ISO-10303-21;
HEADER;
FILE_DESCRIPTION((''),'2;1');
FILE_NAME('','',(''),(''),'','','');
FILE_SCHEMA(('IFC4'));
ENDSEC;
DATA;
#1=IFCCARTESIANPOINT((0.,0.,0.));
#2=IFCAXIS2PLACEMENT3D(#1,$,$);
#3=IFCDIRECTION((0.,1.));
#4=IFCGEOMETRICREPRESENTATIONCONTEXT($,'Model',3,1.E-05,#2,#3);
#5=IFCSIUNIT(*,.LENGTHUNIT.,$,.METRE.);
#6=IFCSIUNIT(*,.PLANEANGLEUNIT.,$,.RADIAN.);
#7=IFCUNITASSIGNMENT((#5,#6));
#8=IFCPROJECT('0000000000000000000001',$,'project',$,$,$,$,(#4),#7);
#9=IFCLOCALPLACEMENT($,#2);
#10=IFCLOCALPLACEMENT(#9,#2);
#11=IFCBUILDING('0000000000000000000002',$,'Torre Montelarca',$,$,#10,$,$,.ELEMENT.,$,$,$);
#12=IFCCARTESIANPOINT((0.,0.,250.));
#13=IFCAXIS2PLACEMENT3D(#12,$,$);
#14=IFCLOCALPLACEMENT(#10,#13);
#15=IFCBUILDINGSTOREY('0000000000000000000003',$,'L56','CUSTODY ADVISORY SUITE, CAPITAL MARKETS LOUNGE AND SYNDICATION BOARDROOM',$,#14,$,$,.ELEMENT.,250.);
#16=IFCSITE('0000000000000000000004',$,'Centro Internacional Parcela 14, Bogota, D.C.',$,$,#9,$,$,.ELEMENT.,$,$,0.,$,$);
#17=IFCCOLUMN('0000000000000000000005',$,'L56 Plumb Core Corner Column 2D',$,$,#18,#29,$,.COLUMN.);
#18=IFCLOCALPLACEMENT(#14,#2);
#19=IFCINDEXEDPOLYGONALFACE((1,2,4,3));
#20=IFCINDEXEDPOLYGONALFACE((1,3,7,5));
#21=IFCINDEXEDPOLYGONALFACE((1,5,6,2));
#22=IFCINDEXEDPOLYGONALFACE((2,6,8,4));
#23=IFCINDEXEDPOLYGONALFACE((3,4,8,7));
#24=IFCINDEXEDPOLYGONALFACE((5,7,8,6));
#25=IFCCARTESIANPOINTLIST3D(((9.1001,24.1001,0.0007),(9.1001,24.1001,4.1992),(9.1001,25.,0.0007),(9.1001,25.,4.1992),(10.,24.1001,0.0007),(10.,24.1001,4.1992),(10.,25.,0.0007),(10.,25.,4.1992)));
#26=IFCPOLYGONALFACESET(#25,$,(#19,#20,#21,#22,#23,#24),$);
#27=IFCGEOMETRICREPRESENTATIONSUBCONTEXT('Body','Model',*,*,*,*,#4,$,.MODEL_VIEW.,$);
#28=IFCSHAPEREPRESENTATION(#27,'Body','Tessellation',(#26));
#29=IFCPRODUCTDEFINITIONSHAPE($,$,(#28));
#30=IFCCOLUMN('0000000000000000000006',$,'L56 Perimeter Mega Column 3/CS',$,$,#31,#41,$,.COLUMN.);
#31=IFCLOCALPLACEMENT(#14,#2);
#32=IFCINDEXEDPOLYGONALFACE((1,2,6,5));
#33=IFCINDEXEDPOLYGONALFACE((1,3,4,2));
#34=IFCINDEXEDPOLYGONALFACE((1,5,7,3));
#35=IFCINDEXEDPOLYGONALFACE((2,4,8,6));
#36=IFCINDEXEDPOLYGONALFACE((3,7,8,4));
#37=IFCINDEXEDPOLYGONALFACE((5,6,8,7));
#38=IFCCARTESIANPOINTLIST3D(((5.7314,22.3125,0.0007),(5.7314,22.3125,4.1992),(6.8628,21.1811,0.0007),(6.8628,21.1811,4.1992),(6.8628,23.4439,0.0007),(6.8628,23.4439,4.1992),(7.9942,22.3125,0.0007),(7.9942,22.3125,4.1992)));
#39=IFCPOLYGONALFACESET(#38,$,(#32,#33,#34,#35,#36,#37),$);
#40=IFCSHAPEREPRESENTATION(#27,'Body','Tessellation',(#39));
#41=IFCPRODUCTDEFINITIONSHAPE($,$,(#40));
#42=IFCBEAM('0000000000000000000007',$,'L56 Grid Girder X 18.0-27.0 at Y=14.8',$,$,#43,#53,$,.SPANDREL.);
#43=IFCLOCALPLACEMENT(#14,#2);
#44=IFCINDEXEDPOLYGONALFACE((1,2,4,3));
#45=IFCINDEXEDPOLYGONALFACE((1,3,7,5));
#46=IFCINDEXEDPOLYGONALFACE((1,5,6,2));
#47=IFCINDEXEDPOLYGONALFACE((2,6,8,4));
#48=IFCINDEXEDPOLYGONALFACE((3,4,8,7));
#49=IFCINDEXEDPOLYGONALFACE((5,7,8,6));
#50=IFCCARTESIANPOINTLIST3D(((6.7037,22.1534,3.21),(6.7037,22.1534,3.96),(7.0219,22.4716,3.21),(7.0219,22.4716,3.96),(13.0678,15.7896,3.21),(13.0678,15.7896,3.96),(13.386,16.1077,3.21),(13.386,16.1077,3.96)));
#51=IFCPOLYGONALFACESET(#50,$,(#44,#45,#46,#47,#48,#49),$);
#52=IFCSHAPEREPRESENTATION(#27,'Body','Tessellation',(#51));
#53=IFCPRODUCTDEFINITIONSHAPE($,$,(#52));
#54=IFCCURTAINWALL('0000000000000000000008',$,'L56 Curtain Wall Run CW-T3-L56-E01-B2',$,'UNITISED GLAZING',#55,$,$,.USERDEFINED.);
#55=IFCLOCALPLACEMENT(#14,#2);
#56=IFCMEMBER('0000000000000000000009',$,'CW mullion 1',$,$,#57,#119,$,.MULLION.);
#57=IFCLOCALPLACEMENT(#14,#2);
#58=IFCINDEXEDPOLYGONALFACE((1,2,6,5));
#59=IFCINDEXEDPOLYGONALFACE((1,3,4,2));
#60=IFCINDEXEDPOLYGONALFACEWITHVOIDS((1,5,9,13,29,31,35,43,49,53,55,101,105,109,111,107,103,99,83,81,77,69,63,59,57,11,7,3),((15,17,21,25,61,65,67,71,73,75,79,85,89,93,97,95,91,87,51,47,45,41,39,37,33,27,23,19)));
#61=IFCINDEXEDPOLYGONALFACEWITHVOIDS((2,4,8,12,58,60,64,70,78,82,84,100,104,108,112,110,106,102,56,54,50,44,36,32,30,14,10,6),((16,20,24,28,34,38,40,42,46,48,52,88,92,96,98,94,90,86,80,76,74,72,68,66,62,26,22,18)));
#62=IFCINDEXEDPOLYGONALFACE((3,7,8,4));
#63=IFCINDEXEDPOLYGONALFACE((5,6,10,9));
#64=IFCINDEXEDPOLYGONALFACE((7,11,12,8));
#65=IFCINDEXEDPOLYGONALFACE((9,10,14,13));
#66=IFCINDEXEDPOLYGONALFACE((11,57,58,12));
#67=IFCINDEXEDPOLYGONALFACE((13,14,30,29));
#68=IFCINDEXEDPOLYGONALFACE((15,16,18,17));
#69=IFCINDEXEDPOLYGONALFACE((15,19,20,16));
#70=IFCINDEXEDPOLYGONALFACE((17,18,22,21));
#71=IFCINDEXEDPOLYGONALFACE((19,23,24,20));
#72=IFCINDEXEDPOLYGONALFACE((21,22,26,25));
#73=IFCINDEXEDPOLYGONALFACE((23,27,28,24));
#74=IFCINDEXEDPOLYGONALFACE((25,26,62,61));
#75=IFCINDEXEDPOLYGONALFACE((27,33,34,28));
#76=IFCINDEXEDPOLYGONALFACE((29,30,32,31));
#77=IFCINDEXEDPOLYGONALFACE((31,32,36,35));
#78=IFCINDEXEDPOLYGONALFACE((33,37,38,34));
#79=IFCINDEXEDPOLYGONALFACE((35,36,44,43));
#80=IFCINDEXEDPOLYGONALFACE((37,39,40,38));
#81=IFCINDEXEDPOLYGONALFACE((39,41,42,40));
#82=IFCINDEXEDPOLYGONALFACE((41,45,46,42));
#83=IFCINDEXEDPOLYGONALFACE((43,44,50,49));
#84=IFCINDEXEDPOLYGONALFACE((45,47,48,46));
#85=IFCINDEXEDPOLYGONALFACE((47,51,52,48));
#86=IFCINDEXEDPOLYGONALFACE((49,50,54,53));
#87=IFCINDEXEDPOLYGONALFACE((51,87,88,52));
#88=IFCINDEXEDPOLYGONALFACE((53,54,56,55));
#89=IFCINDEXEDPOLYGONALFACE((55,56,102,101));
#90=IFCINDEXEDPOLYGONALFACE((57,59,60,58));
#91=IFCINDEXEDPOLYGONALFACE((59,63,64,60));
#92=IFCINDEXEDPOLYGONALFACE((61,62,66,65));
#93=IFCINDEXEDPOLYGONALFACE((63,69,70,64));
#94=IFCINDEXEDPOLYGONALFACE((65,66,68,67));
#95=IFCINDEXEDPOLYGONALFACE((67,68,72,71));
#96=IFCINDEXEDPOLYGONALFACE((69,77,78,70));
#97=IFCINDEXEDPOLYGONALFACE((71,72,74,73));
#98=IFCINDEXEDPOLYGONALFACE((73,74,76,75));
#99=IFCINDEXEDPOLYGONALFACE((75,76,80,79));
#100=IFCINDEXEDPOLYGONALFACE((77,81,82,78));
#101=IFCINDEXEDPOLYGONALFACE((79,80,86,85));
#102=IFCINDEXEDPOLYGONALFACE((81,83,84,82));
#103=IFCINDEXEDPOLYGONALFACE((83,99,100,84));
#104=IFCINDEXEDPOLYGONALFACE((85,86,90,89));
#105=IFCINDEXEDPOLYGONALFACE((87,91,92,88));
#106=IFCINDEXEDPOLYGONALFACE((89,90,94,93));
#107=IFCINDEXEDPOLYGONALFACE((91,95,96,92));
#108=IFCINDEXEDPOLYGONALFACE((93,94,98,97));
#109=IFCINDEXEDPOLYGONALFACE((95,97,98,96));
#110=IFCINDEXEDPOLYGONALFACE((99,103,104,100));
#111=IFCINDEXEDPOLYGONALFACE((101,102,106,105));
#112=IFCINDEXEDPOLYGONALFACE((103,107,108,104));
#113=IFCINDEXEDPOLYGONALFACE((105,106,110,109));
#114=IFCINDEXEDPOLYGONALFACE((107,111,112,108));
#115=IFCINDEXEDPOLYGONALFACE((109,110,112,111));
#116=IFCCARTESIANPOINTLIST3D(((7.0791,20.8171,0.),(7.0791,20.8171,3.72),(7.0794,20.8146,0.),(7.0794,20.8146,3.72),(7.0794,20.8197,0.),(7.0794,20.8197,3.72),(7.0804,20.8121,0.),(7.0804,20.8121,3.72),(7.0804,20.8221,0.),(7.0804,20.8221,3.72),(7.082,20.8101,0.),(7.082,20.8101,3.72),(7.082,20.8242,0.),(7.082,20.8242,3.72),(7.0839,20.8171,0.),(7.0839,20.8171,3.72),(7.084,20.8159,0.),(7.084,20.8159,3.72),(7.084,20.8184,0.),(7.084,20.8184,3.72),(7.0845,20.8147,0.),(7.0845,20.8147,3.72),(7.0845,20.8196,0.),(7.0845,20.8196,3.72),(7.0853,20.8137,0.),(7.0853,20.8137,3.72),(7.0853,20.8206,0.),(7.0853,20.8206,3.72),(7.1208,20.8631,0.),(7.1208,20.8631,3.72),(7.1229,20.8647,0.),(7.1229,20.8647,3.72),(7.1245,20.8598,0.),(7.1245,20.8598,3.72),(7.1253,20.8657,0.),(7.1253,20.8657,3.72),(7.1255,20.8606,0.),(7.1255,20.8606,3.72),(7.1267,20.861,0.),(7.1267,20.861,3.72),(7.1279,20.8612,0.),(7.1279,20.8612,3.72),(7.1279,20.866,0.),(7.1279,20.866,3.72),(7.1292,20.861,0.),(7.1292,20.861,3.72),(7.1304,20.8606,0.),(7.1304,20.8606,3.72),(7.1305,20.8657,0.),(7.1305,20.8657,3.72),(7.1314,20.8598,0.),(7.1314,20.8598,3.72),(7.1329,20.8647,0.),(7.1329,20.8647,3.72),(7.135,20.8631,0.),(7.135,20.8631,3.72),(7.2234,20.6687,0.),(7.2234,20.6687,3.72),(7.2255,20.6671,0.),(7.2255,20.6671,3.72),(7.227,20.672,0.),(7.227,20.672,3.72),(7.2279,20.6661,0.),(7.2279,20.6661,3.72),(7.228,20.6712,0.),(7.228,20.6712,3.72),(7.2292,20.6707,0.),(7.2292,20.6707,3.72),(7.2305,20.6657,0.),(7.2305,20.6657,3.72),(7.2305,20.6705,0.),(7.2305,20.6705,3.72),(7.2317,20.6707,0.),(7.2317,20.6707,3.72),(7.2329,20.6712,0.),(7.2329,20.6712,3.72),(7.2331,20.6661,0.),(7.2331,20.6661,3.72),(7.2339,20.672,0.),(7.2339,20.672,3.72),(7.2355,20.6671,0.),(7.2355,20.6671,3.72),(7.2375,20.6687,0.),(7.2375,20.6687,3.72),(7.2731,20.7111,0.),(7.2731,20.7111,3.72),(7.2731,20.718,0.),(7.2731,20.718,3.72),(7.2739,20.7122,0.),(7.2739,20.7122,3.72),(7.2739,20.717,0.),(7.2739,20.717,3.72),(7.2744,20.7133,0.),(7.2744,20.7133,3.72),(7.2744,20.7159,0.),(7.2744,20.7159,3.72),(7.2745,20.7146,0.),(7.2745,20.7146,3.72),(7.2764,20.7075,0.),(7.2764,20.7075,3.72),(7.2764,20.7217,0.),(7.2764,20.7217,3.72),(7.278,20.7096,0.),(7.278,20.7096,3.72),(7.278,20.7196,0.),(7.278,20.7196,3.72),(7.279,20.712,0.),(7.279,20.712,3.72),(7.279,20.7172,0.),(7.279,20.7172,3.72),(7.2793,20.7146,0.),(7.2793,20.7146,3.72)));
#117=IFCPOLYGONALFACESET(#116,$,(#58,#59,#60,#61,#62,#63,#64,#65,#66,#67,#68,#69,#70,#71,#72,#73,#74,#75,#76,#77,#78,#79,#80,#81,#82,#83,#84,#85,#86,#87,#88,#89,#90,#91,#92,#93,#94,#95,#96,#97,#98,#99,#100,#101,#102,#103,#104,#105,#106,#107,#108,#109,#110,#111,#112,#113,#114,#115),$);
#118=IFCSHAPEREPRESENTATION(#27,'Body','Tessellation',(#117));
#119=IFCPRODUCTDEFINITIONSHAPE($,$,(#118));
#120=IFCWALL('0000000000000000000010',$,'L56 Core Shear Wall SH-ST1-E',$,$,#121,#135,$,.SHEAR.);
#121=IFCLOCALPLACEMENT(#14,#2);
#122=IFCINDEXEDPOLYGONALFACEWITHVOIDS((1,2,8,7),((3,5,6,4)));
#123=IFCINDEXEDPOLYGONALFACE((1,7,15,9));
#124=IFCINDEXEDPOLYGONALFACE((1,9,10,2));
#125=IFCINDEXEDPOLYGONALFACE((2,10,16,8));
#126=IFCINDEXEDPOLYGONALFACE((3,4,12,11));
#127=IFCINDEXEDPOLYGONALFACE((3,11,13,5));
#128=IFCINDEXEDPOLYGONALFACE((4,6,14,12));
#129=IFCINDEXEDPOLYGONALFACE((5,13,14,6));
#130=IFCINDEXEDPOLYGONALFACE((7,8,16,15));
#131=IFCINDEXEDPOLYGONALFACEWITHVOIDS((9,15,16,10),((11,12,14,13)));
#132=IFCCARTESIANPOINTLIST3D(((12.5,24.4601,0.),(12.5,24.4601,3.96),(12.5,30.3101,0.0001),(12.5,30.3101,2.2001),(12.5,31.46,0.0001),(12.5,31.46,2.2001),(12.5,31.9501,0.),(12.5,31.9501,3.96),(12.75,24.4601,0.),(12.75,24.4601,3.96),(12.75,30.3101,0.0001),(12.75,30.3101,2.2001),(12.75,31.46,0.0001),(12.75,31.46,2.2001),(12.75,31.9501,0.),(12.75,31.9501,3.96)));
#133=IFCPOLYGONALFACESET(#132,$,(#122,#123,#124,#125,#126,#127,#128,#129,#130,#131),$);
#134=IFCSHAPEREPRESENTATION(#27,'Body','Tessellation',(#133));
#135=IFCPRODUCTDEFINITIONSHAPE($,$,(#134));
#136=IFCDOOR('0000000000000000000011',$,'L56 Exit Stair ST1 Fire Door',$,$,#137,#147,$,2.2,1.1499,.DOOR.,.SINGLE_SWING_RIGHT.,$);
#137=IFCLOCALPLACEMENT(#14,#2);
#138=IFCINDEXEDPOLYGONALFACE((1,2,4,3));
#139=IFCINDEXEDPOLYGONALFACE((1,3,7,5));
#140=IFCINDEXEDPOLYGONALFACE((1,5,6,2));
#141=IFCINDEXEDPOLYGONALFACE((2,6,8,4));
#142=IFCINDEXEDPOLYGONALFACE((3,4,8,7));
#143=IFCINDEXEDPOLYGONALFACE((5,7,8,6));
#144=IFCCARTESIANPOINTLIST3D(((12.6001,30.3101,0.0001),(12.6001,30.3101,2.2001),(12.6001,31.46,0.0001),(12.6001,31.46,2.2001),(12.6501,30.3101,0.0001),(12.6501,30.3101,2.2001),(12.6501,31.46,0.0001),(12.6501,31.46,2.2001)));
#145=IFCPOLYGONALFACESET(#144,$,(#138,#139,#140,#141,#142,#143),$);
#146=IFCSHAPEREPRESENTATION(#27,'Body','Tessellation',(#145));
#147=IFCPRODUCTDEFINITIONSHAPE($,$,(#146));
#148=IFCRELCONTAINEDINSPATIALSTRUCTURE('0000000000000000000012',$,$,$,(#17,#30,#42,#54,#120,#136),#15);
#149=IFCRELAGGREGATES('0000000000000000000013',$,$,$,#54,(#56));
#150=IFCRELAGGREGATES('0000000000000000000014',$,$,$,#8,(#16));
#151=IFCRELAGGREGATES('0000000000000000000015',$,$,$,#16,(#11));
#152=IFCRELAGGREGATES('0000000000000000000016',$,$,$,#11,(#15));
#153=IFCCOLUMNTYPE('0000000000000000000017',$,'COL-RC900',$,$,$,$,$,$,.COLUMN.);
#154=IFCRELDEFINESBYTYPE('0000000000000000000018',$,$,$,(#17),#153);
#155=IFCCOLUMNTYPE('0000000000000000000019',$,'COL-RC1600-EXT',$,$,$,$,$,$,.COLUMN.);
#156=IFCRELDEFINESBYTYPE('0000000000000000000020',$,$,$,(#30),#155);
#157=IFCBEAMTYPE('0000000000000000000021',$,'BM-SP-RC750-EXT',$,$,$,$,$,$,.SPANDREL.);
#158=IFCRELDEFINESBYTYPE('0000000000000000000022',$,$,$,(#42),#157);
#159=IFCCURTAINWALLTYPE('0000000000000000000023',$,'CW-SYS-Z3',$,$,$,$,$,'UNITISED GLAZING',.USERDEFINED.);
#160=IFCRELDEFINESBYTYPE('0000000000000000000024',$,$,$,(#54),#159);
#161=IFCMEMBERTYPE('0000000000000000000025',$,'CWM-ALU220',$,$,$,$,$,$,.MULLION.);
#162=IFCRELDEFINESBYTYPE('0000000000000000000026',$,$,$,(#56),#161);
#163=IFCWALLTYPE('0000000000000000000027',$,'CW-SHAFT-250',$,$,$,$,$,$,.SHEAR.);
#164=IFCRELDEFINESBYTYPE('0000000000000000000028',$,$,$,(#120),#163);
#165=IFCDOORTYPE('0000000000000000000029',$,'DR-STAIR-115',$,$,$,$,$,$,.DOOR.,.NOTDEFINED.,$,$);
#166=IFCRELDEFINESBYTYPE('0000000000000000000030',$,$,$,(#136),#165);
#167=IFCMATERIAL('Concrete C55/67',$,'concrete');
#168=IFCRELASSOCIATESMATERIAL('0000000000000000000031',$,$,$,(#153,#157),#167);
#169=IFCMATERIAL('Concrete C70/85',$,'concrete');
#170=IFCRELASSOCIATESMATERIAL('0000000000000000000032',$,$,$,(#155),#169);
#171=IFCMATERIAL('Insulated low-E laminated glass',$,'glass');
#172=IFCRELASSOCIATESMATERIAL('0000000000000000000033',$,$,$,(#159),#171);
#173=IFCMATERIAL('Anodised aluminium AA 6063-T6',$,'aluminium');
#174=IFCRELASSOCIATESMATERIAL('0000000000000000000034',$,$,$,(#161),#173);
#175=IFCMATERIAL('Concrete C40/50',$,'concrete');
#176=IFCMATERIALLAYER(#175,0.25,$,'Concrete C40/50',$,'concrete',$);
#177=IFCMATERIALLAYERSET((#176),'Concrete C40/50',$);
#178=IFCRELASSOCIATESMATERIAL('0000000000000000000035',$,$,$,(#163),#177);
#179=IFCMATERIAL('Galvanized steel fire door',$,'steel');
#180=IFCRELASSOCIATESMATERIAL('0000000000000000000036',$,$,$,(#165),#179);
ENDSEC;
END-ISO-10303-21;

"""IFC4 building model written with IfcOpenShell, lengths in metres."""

from ifc_helpers import new_model, si_unit, direction, frame, frame_2d, origin, origin_2d, place, context, subcontext, project, spatial, rectangle, hollow_rectangle, extrude, source, transform, mapped, material, layer, layer_set, material_profile, profile_set, type_object, element, fill, aggregate, save


model = new_model("IFC4")

# Units and contexts
model_context = context("Model", 3, precision=1e-05, world=origin(), true_north=direction((0.0, 1.0)))
body_context = subcontext(model_context, "Body", "Model", "MODEL_VIEW")
ifc_project = project(units=[si_unit("LENGTHUNIT", "METRE"), si_unit("PLANEANGLEUNIT", "RADIAN")], contexts=[model_context])

# Site, building, storey
site_placement = place(None, origin())
site = spatial("IfcSite", under=ifc_project, at=site_placement, Name="Centro Internacional Parcela 14, Bogota, D.C.", CompositionType="ELEMENT", RefElevation=0.0)
building_placement = place(site_placement, origin())
building = spatial("IfcBuilding", under=site, at=building_placement, Name="Torre Montelarca", CompositionType="ELEMENT")
storey_placement = place(building_placement, frame((0.0, 0.0, 250.0)))
storey = spatial("IfcBuildingStorey", under=building, at=storey_placement, Name="L56", Description="CUSTODY ADVISORY SUITE, CAPITAL MARKETS LOUNGE AND SYNDICATION BOARDROOM", CompositionType="ELEMENT", Elevation=250.0)

# Columns
ifc_material_1 = material(Name="Concrete C55/67", Category="concrete")
ifc_material_profile_1 = material_profile(ifc_material_1, rectangle(XDim=0.8999, YDim=0.8999, at=origin_2d()), Name="RC900X900", Category="concrete")
ifc_profile_set_1 = profile_set([ifc_material_profile_1], Name="Concrete C55/67")
column_type_1 = type_object("IfcColumnType", Name="COL-RC900", PredefinedType="COLUMN", material=ifc_profile_set_1)
shared_shape_1 = source(origin(), body_context, "Body", "SweptSolid", [
    extrude(rectangle(XDim=0.8999, YDim=0.8999, at=origin_2d()), origin(), (0.0, 0.0, 1.0), 4.1985),
])
column_1_placement = place(storey_placement, frame((9.55, 24.55, 0.0007), z_axis=(0.0, 0.0, 1.0), x_axis=(1.0, 0.0, 0.0)))
element("IfcColumn", 1, at=column_1_placement, inside=storey, type_object=column_type_1, Name="L56 Plumb Core Corner Column 2D", PredefinedType="COLUMN", context=body_context, shape_type="MappedRepresentation", body=[
    mapped(shared_shape_1, transform((0.0, 0.0, 0.0), scale=1.0)),
])
ifc_material_2 = material(Name="Concrete C70/85", Category="concrete")
ifc_material_profile_2 = material_profile(ifc_material_2, rectangle(XDim=1.6001, YDim=1.6001, at=origin_2d()), Name="RC1600X1600", Category="concrete")
ifc_profile_set_2 = profile_set([ifc_material_profile_2], Name="Concrete C70/85")
column_type_2 = type_object("IfcColumnType", Name="COL-RC1600-EXT", PredefinedType="COLUMN", material=ifc_profile_set_2)
shared_shape_2 = source(origin(), body_context, "Body", "SweptSolid", [
    extrude(rectangle(XDim=1.6001, YDim=1.6001, at=origin_2d()), origin(), (0.0, 0.0, 1.0), 4.1985),
])
column_2_placement = place(storey_placement, frame((6.8628, 22.3125, 0.0007), z_axis=(0.0, 0.0, 1.0), x_axis=(-0.707107, 0.707107, 0.0)))
element("IfcColumn", 2, at=column_2_placement, inside=storey, type_object=column_type_2, Name="L56 Perimeter Mega Column 3/CS", PredefinedType="COLUMN", context=body_context, shape_type="MappedRepresentation", body=[
    mapped(shared_shape_2, transform((0.0, 0.0, 0.0), scale=1.0)),
])

# Beam
ifc_material_profile_3 = material_profile(ifc_material_1, rectangle(XDim=0.45, YDim=0.75, at=origin_2d()), Name="RCB450X750", Category="concrete")
ifc_profile_set_3 = profile_set([ifc_material_profile_3], Name="Concrete C55/67")
beam_type = type_object("IfcBeamType", Name="BM-SP-RC750-EXT", PredefinedType="SPANDREL", material=ifc_profile_set_3)
shared_shape_3 = source(origin(), body_context, "Body", "SweptSolid", [
    extrude(rectangle(XDim=0.45, YDim=0.75, at=origin_2d()), origin(), (0.0, 0.0, 1.0), 9.0),
])
beam_placement = place(storey_placement, frame((6.8628, 22.3125, 3.585), z_axis=(0.70712, -0.707093, 0.0), x_axis=(0.707093, 0.70712, 0.0)))
element("IfcBeam", 3, at=beam_placement, inside=storey, type_object=beam_type, Name="L56 Grid Girder X 18.0-27.0 at Y=14.8", PredefinedType="SPANDREL", context=body_context, shape_type="MappedRepresentation", body=[
    mapped(shared_shape_3, transform((0.0, 0.0, 0.0), scale=1.0)),
])

# Curtain wall, member
ifc_material_3 = material(Name="Insulated low-E laminated glass", Category="glass")
curtain_wall_type = type_object("IfcCurtainWallType", Name="CW-SYS-Z3", ElementType="UNITISED GLAZING", PredefinedType="USERDEFINED", material=ifc_material_3)
curtain_wall_placement = place(storey_placement, origin())
curtain_wall = element("IfcCurtainWall", 4, at=curtain_wall_placement, inside=storey, type_object=curtain_wall_type, Name="L56 Curtain Wall Run CW-T3-L56-E01-B2", ObjectType="UNITISED GLAZING", PredefinedType="USERDEFINED")
ifc_material_4 = material(Name="Anodised aluminium AA 6063-T6", Category="aluminium")
ifc_material_profile_4 = material_profile(ifc_material_4, hollow_rectangle(XDim=0.075, YDim=0.22, WallThickness=0.0049, InnerFilletRadius=0.0049, OuterFilletRadius=0.01, at=origin_2d()), Name="ALU75X220X5", Category="aluminium")
ifc_profile_set_4 = profile_set([ifc_material_profile_4], Name="Anodised aluminium AA 6063-T6")
member_type = type_object("IfcMemberType", Name="CWM-ALU220", PredefinedType="MULLION", material=ifc_profile_set_4)
shared_shape_4 = source(origin(), body_context, "Body", "SweptSolid", [
    extrude(hollow_rectangle(XDim=0.075, YDim=0.22, WallThickness=0.0049, InnerFilletRadius=0.0049, OuterFilletRadius=0.01, at=origin_2d()), origin(), (0.0, 0.0, 1.0), 3.72),
])
member_placement = place(storey_placement, frame((7.1792, 20.7659, 0.0), z_axis=(0.0, 0.0, 1.0), x_axis=(0.707107, 0.707107, 0.0)))
member = element("IfcMember", 5, at=member_placement, type_object=member_type, Name="CW mullion 1", PredefinedType="MULLION", context=body_context, shape_type="MappedRepresentation", body=[
    mapped(shared_shape_4, transform((0.0, 0.0, 0.0), scale=1.0)),
])
aggregate(curtain_wall, [member])

# Wall, opening, door
ifc_material_5 = material(Name="Concrete C40/50", Category="concrete")
ifc_layer_1 = layer(ifc_material_5, 0.25, Name="Concrete C40/50", Category="concrete")
ifc_layer_set_1 = layer_set([ifc_layer_1], Name="Concrete C40/50")
wall_type_1 = type_object("IfcWallType", Name="CW-SHAFT-250", PredefinedType="SHEAR", material=ifc_layer_set_1)
wall_1_placement = place(storey_placement, frame((12.625, 24.46, 0.0), z_axis=(0.0, 0.0, 1.0), x_axis=(0.0, 1.0, 0.0)))
wall_1 = element("IfcWall", 6, at=wall_1_placement, inside=storey, type_object=wall_type_1, Name="L56 Core Shear Wall SH-ST1-E", PredefinedType="SHEAR", context=body_context, shape_type="SweptSolid", body=[
    extrude(rectangle(XDim=7.49, YDim=0.25, at=frame_2d((3.7451, 0.0))), origin(), (0.0, 0.0, 1.0), 3.96),
])
opening_1_placement = place(wall_1_placement, frame((5.8501, 0.0, 0.0)))
opening_1 = element("IfcOpeningElement", 7, at=opening_1_placement, cuts=wall_1, PredefinedType="OPENING", context=body_context, shape_type="SweptSolid", body=[
    extrude(rectangle(XDim=1.1499, YDim=2.2, at=frame_2d((0.575, 1.1001))), frame((0.0, 0.135, 0.0), z_axis=(0.0, -1.0, 0.0), x_axis=(1.0, 0.0, 0.0)), (0.0, 0.0, 1.0), 0.27),
])
ifc_material_6 = material(Name="Galvanized steel fire door", Category="steel")
door_type_1 = type_object("IfcDoorType", Name="DR-STAIR-115", OperationType="NOTDEFINED", PredefinedType="DOOR", material=ifc_material_6)
shared_shape_5 = source(origin(), body_context, "Body", "SweptSolid", [
    extrude(rectangle(XDim=1.1499, YDim=2.2, at=frame_2d((0.575, 1.1001))), frame((0.0, 0.0249, 0.0), z_axis=(0.0, -1.0, 0.0), x_axis=(1.0, 0.0, 0.0)), (0.0, 0.0, 1.0), 0.05),
])
door_1_placement = place(opening_1_placement, origin())
door_1 = element("IfcDoor", 8, at=door_1_placement, inside=storey, type_object=door_type_1, Name="L56 Exit Stair ST1 Fire Door", OperationType="SINGLE_SWING_RIGHT", OverallHeight=2.2, OverallWidth=1.1499, PredefinedType="DOOR", context=body_context, shape_type="MappedRepresentation", body=[
    mapped(shared_shape_5, transform((0.0, 0.0, 0.0), scale=1.0)),
])
fill(opening_1, door_1)

save(model, "model.ifc")
